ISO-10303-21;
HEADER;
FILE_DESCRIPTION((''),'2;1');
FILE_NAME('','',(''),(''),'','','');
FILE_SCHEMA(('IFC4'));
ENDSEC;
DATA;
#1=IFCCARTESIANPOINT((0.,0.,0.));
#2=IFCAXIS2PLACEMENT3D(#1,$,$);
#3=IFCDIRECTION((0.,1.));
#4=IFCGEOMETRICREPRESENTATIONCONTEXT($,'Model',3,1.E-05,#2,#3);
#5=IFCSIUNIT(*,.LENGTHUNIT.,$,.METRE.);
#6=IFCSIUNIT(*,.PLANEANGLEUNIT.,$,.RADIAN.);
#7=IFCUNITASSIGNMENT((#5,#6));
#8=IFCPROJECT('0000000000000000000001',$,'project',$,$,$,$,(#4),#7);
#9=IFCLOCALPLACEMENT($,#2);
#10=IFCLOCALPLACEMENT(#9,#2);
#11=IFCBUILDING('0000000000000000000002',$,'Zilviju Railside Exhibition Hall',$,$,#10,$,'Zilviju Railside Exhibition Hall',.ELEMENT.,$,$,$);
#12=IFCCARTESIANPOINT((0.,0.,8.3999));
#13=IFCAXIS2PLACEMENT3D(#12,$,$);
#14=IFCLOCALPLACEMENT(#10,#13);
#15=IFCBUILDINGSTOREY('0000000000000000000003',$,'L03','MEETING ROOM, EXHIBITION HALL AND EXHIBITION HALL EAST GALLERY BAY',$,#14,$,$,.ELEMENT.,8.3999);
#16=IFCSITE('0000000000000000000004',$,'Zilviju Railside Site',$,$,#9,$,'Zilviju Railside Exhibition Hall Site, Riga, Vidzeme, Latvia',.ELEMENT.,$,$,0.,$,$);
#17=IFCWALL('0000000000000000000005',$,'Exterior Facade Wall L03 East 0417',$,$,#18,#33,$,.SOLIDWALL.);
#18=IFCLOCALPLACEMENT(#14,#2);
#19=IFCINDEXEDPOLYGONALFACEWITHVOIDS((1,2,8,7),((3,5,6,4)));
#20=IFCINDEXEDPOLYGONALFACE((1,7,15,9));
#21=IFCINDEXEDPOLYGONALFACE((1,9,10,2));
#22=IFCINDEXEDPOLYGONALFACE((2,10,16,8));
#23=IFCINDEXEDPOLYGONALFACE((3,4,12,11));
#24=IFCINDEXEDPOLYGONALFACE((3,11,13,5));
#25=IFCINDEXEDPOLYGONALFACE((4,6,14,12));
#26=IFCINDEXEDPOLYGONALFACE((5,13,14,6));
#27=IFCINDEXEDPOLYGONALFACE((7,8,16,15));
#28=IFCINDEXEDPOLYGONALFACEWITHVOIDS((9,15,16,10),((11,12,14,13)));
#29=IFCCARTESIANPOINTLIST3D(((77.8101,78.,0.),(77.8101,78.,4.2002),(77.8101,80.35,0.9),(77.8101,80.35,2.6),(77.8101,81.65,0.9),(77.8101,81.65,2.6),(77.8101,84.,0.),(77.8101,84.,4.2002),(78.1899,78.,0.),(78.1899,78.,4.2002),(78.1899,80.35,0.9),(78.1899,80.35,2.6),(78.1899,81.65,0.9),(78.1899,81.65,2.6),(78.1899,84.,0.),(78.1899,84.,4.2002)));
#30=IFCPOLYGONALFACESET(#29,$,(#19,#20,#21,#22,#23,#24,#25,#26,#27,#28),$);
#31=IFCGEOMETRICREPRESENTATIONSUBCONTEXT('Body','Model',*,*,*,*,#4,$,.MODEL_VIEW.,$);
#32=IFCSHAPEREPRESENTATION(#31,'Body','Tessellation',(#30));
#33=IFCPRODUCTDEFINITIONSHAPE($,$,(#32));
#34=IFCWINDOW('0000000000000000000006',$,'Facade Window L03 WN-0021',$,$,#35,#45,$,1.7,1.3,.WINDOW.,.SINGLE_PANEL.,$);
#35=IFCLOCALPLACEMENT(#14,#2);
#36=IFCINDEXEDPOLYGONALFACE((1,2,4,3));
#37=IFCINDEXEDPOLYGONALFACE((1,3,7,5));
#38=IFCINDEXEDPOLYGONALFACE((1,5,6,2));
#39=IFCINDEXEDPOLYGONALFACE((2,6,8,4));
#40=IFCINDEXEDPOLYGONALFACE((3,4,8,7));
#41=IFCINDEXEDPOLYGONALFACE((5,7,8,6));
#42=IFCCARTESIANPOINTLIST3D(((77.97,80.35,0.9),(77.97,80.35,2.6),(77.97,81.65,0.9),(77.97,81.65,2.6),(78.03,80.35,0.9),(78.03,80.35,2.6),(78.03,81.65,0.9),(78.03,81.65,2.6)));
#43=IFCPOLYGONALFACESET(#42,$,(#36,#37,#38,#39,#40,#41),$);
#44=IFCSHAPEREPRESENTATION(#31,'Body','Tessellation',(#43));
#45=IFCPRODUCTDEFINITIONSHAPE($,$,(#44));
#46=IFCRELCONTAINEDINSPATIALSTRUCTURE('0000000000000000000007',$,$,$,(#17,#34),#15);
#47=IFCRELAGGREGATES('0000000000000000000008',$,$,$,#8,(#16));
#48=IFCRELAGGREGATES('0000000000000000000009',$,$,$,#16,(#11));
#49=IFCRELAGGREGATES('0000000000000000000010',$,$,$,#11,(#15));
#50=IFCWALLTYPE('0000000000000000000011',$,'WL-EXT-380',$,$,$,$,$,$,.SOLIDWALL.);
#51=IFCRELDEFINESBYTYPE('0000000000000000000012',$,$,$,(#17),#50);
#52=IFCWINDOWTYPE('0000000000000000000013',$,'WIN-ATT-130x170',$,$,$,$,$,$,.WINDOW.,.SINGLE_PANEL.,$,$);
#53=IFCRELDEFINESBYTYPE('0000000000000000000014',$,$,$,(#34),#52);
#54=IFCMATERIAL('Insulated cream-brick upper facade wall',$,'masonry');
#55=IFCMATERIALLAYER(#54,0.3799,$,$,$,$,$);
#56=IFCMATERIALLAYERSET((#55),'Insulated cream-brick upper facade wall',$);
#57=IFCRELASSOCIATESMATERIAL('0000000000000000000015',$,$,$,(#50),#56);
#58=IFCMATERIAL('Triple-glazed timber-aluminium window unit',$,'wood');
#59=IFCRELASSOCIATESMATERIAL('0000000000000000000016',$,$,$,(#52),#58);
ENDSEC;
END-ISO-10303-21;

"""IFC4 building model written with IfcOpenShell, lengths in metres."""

from ifc_helpers import new_model, si_unit, direction, frame, frame_2d, origin, place, context, subcontext, project, spatial, rectangle, extrude, material, layer, layer_set, type_object, element, fill, save


model = new_model("IFC4")

# Units and contexts
model_context = context("Model", 3, precision=1e-05, world=origin(), true_north=direction((0.0, 1.0)))
body_context = subcontext(model_context, "Body", "Model", "MODEL_VIEW")
ifc_project = project(units=[si_unit("LENGTHUNIT", "METRE"), si_unit("PLANEANGLEUNIT", "RADIAN")], contexts=[model_context])

# Site, building, storey
site_placement = place(None, origin())
site = spatial("IfcSite", under=ifc_project, at=site_placement, Name="Zilviju Railside Site", LongName="Zilviju Railside Exhibition Hall Site, Riga, Vidzeme, Latvia", CompositionType="ELEMENT", RefElevation=0.0)
building_placement = place(site_placement, origin())
building = spatial("IfcBuilding", under=site, at=building_placement, Name="Zilviju Railside Exhibition Hall", LongName="Zilviju Railside Exhibition Hall", CompositionType="ELEMENT")
storey_placement = place(building_placement, frame((0.0, 0.0, 8.3999)))
storey = spatial("IfcBuildingStorey", under=building, at=storey_placement, Name="L03", Description="MEETING ROOM, EXHIBITION HALL AND EXHIBITION HALL EAST GALLERY BAY", CompositionType="ELEMENT", Elevation=8.3999)

# Shared definitions
ifc_material_1 = material(Name="Insulated cream-brick upper facade wall", Category="masonry")
ifc_layer_1 = layer(ifc_material_1, 0.3799)
ifc_layer_set_1 = layer_set([ifc_layer_1], Name="Insulated cream-brick upper facade wall")
wall_type = type_object("IfcWallType", Name="WL-EXT-380", PredefinedType="SOLIDWALL", material=ifc_layer_set_1)

# Wall, opening, window
wall_1_placement = place(storey_placement, frame((78.0, 84.0, 0.0), z_axis=(0.0, 0.0, 1.0), x_axis=(0.0, -1.0, 0.0)))
wall_1 = element("IfcWall", 1, at=wall_1_placement, inside=storey, type_object=wall_type, Name="Exterior Facade Wall L03 East 0417", PredefinedType="SOLIDWALL", context=body_context, shape_type="SweptSolid", body=[
    extrude(rectangle(XDim=6.0, YDim=0.3799, at=frame_2d((3.0, 0.0))), origin(), (0.0, 0.0, 1.0), 4.2002),
])
opening_placement = place(wall_1_placement, frame((2.3501, 0.0, 0.8999)))
opening = element("IfcOpeningElement", 2, at=opening_placement, cuts=wall_1, PredefinedType="OPENING", context=body_context, shape_type="SweptSolid", body=[
    extrude(rectangle(XDim=1.3, YDim=1.7, at=frame_2d((0.6499, 0.8501))), frame((0.0, 0.2, 0.0), z_axis=(0.0, -1.0, 0.0), x_axis=(1.0, 0.0, 0.0)), (0.0, 0.0, 1.0), 0.3999),
])
ifc_material_2 = material(Name="Triple-glazed timber-aluminium window unit", Category="wood")
window_type = type_object("IfcWindowType", Name="WIN-ATT-130x170", PartitioningType="SINGLE_PANEL", PredefinedType="WINDOW", material=ifc_material_2)
window_placement = place(opening_placement, origin())
window = element("IfcWindow", 3, at=window_placement, inside=storey, type_object=window_type, Name="Facade Window L03 WN-0021", OverallHeight=1.7, OverallWidth=1.3, PartitioningType="SINGLE_PANEL", PredefinedType="WINDOW", context=body_context, shape_type="SweptSolid", body=[
    extrude(rectangle(XDim=1.3, YDim=1.7, at=frame_2d((0.6499, 0.8501))), frame((0.0, 0.03, 0.0), z_axis=(0.0, -1.0, 0.0), x_axis=(1.0, 0.0, 0.0)), (0.0, 0.0, 1.0), 0.0601),
])
fill(opening, window)

save(model, "model.ifc")
